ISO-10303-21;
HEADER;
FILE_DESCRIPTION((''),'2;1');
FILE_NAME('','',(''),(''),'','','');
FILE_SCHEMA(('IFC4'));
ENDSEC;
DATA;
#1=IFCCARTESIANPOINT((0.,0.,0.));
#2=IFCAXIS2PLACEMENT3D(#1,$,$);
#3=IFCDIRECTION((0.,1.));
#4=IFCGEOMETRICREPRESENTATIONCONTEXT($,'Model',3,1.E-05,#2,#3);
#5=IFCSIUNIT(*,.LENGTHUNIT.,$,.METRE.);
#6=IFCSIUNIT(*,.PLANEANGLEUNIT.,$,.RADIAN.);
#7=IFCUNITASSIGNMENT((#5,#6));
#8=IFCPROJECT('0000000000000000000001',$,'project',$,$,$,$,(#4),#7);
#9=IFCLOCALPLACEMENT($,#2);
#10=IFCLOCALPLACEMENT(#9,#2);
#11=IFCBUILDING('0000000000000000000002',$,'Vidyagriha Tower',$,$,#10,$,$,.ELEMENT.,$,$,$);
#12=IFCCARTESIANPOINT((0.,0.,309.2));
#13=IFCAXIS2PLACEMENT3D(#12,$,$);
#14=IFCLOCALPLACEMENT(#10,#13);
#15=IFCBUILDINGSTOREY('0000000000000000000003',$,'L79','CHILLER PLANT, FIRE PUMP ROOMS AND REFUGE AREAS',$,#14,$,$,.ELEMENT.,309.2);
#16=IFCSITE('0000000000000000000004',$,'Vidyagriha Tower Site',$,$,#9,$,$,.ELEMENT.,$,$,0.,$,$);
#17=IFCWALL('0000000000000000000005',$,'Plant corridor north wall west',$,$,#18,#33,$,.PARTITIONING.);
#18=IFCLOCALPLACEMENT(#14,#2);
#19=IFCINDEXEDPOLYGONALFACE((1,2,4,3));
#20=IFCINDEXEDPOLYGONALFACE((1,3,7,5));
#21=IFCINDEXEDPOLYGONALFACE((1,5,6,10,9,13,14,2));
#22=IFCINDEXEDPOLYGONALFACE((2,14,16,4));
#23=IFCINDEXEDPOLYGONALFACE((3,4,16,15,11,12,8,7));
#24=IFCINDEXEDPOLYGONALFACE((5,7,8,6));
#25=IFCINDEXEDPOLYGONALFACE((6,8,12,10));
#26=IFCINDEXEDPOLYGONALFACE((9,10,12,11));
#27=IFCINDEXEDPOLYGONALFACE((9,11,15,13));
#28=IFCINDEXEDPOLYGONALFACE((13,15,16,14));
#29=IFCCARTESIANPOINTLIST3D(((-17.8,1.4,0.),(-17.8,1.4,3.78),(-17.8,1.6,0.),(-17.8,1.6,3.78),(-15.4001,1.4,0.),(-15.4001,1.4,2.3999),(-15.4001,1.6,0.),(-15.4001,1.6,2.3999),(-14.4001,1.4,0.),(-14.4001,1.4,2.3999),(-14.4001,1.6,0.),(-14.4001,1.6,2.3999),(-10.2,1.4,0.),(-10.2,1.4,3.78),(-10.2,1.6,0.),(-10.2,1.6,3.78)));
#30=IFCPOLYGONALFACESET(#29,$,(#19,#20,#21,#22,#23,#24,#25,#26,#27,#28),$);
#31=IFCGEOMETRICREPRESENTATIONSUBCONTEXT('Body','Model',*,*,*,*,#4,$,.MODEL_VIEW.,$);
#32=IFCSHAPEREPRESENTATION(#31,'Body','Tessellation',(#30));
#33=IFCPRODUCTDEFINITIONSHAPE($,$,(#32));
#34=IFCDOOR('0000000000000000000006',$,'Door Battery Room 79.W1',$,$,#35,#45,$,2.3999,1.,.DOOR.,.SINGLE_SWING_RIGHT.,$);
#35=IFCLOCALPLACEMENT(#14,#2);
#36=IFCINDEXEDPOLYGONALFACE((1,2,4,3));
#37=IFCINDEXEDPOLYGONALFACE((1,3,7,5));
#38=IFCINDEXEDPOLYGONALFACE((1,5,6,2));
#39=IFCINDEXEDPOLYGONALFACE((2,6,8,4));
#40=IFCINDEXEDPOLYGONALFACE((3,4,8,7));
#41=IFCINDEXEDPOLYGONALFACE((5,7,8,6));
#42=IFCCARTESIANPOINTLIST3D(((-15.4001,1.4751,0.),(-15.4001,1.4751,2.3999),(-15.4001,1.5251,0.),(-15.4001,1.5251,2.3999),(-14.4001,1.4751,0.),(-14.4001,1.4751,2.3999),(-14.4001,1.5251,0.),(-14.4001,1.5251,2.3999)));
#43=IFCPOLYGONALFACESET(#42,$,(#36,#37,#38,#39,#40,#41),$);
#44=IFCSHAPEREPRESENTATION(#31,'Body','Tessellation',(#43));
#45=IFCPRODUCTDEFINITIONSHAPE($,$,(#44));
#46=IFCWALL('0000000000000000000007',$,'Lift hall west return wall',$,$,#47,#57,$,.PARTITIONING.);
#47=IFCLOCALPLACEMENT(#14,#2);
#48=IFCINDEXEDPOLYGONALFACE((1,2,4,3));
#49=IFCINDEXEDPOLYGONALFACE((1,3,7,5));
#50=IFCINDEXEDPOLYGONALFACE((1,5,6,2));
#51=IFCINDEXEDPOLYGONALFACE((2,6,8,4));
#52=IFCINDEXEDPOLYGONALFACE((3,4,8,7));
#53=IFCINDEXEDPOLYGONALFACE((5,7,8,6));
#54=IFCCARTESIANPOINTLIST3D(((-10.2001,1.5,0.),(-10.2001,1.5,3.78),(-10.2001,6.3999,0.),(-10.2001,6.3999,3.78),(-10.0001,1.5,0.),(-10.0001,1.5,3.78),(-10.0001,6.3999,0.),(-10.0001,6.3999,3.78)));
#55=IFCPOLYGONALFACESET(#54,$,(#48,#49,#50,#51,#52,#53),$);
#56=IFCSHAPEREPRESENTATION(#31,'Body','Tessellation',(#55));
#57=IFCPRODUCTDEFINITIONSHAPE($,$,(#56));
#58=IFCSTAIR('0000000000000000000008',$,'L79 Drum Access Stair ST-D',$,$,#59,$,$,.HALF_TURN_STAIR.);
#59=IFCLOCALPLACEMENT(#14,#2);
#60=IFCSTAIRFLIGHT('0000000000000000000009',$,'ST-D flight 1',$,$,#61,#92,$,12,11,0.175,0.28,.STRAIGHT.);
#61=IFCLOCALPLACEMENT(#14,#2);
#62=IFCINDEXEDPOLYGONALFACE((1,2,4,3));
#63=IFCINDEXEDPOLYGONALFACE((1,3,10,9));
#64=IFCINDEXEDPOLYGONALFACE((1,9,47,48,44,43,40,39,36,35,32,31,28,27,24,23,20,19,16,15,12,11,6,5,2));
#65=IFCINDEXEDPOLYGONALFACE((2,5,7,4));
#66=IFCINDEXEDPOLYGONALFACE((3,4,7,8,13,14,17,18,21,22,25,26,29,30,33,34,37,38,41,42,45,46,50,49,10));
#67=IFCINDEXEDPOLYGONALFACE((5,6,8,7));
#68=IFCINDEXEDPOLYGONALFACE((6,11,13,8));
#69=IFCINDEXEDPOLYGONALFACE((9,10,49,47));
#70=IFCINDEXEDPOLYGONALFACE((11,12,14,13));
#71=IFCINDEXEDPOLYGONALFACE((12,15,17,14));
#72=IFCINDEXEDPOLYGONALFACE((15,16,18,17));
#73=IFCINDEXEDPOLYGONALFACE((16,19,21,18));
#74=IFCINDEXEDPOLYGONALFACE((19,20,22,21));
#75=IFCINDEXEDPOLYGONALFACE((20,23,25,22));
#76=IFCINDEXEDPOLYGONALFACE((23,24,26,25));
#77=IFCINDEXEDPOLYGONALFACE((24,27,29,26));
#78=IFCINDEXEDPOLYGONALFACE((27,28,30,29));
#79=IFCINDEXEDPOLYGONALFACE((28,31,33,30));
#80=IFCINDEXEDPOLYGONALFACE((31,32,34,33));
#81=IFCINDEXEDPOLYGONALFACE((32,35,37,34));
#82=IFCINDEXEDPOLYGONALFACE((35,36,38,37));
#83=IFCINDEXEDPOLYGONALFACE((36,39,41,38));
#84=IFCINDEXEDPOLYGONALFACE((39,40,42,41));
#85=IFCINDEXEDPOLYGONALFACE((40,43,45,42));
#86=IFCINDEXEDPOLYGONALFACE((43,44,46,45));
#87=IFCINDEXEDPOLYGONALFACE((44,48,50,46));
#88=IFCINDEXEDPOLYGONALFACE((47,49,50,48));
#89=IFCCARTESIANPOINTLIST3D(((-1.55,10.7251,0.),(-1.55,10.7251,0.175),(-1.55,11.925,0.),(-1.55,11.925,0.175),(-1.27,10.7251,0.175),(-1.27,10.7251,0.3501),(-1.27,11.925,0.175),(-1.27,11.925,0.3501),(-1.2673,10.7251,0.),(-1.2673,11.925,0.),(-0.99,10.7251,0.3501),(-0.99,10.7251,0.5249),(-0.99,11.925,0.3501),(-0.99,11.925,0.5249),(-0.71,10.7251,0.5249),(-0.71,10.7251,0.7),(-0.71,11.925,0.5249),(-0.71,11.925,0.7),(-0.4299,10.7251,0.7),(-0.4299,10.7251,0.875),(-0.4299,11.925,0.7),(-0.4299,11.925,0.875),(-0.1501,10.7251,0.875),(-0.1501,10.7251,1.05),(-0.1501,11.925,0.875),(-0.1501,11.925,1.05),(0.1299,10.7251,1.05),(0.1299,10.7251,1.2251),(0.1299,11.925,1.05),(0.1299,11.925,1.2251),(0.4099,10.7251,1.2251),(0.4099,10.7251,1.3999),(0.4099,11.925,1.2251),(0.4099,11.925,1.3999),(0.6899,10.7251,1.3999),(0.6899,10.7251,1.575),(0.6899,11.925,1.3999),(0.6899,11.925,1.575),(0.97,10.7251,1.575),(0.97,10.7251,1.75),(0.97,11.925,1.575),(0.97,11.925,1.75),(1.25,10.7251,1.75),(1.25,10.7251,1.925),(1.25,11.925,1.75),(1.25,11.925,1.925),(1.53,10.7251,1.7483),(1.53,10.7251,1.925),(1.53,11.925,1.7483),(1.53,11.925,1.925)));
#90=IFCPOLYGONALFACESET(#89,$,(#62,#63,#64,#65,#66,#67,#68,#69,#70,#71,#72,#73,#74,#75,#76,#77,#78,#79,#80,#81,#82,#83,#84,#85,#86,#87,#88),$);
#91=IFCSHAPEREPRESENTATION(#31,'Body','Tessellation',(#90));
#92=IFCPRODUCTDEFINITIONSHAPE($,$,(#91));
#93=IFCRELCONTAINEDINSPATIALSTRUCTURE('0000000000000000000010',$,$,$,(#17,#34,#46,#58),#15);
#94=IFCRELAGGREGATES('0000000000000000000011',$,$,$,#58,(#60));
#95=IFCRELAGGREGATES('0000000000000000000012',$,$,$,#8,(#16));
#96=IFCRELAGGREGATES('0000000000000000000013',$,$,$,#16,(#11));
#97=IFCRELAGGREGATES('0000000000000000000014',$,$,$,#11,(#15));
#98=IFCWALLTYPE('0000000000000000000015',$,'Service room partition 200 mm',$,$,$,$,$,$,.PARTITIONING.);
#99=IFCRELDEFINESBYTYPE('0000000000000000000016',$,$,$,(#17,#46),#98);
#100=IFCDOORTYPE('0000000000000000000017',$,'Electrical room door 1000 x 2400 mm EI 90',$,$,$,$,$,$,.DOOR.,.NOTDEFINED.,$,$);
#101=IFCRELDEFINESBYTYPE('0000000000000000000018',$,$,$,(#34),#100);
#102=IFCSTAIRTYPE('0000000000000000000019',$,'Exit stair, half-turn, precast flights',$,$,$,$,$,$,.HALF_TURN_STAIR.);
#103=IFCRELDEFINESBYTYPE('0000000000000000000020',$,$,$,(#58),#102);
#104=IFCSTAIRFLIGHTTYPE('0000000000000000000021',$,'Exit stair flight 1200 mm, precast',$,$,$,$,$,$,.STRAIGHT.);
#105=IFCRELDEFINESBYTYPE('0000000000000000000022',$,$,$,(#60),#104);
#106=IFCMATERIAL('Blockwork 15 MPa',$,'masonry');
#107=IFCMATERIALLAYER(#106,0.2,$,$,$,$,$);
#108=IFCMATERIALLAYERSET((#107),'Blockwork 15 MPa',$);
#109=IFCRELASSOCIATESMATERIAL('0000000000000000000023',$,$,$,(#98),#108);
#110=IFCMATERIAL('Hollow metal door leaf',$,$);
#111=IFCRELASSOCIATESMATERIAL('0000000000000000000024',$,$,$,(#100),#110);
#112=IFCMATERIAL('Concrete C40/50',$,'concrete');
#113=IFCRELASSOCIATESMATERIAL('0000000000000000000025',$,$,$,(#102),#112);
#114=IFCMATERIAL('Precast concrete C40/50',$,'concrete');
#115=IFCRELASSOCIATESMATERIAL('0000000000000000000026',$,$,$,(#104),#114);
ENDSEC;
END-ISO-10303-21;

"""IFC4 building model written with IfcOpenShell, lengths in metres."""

from ifc_helpers import new_model, si_unit, direction, frame, frame_2d, origin, place, context, subcontext, project, spatial, polyline, rectangle, outline, extrude, material, layer, layer_set, type_object, element, fill, aggregate, save


model = new_model("IFC4")

# Units and contexts
model_context = context("Model", 3, precision=1e-05, world=origin(), true_north=direction((0.0, 1.0)))
body_context = subcontext(model_context, "Body", "Model", "MODEL_VIEW")
ifc_project = project(units=[si_unit("LENGTHUNIT", "METRE"), si_unit("PLANEANGLEUNIT", "RADIAN")], contexts=[model_context])

# Site, building, storey
site_placement = place(None, origin())
site = spatial("IfcSite", under=ifc_project, at=site_placement, Name="Vidyagriha Tower Site", CompositionType="ELEMENT", RefElevation=0.0)
building_placement = place(site_placement, origin())
building = spatial("IfcBuilding", under=site, at=building_placement, Name="Vidyagriha Tower", CompositionType="ELEMENT")
storey_placement = place(building_placement, frame((0.0, 0.0, 309.2)))
storey = spatial("IfcBuildingStorey", under=building, at=storey_placement, Name="L79", Description="CHILLER PLANT, FIRE PUMP ROOMS AND REFUGE AREAS", CompositionType="ELEMENT", Elevation=309.2)

# Wall, opening, door
ifc_material_1 = material(Name="Blockwork 15 MPa", Category="masonry")
ifc_layer_1 = layer(ifc_material_1, 0.2)
ifc_layer_set_1 = layer_set([ifc_layer_1], Name="Blockwork 15 MPa")
wall_type_1 = type_object("IfcWallType", Name="Service room partition 200 mm", PredefinedType="PARTITIONING", material=ifc_layer_set_1)
wall_1_placement = place(storey_placement, frame((-17.8, 1.5, 0.0)))
wall_1 = element("IfcWall", 1, at=wall_1_placement, inside=storey, type_object=wall_type_1, Name="Plant corridor north wall west", PredefinedType="PARTITIONING", context=body_context, shape_type="SweptSolid", body=[
    extrude(rectangle(XDim=7.6001, YDim=0.2, at=frame_2d((3.8, 0.0))), origin(), (0.0, 0.0, 1.0), 3.78),
])
opening_1_placement = place(wall_1_placement, frame((2.3999, 0.0, 0.0)))
opening_1 = element("IfcOpeningElement", 2, at=opening_1_placement, cuts=wall_1, PredefinedType="OPENING", context=body_context, shape_type="SweptSolid", body=[
    extrude(rectangle(XDim=1.0, YDim=2.3999, at=frame_2d((0.5, 1.2))), frame((0.0, 0.1099, 0.0), z_axis=(0.0, -1.0, 0.0), x_axis=(1.0, 0.0, 0.0)), (0.0, 0.0, 1.0), 0.22),
])
ifc_material_2 = material(Name="Hollow metal door leaf")
door_type_1 = type_object("IfcDoorType", Name="Electrical room door 1000 x 2400 mm EI 90", OperationType="NOTDEFINED", PredefinedType="DOOR", material=ifc_material_2)
door_1_placement = place(opening_1_placement, frame((1.0, 0.0, 0.0), z_axis=(0.0, 0.0, 1.0), x_axis=(-1.0, 0.0, 0.0)))
door_1 = element("IfcDoor", 3, at=door_1_placement, inside=storey, type_object=door_type_1, Name="Door Battery Room 79.W1", OperationType="SINGLE_SWING_RIGHT", OverallHeight=2.3999, OverallWidth=1.0, PredefinedType="DOOR", context=body_context, shape_type="SweptSolid", body=[
    extrude(rectangle(XDim=1.0, YDim=2.3999, at=frame_2d((0.5, 1.2))), frame((0.0, 0.0249, 0.0), z_axis=(0.0, -1.0, 0.0), x_axis=(1.0, 0.0, 0.0)), (0.0, 0.0, 1.0), 0.05),
])
fill(opening_1, door_1)

# Wall
wall_2_placement = place(storey_placement, frame((-10.1001, 1.5, 0.0), z_axis=(0.0, 0.0, 1.0), x_axis=(0.0, 1.0, 0.0)))
element("IfcWall", 4, at=wall_2_placement, inside=storey, type_object=wall_type_1, Name="Lift hall west return wall", PredefinedType="PARTITIONING", context=body_context, shape_type="SweptSolid", body=[
    extrude(rectangle(XDim=4.8999, YDim=0.2, at=frame_2d((2.45, 0.0))), origin(), (0.0, 0.0, 1.0), 3.78),
])

# Stair, stair flight
ifc_material_3 = material(Name="Concrete C40/50", Category="concrete")
stair_type = type_object("IfcStairType", Name="Exit stair, half-turn, precast flights", PredefinedType="HALF_TURN_STAIR", material=ifc_material_3)
stair_placement = place(storey_placement, origin())
stair = element("IfcStair", 5, at=stair_placement, inside=storey, type_object=stair_type, Name="L79 Drum Access Stair ST-D", PredefinedType="HALF_TURN_STAIR")
ifc_material_4 = material(Name="Precast concrete C40/50", Category="concrete")
stair_flight_type = type_object("IfcStairFlightType", Name="Exit stair flight 1200 mm, precast", PredefinedType="STRAIGHT", material=ifc_material_4)
stair_flight_placement = place(storey_placement, frame((-1.55, 11.325, 0.0)))
stair_flight = element("IfcStairFlight", 6, at=stair_flight_placement, type_object=stair_flight_type, Name="ST-D flight 1", NumberOfRisers=12, NumberOfTreads=11, PredefinedType="STRAIGHT", RiserHeight=0.175, TreadLength=0.28, context=body_context, shape_type="SweptSolid", body=[
    extrude(outline(polyline([(0.0, 0.0), (0.0, 0.175), (0.28, 0.175), (0.28, 0.3501), (0.5601, 0.3501), (0.5601, 0.5249), (0.8401, 0.5249), (0.8401, 0.7), (1.1201, 0.7), (1.1201, 0.875), (1.3999, 0.875), (1.3999, 1.05), (1.6799, 1.05), (1.6799, 1.2251), (1.96, 1.2251), (1.96, 1.3999), (2.24, 1.3999), (2.24, 1.575), (2.52, 1.575), (2.52, 1.75), (2.8, 1.75), (2.8, 1.925), (3.0801, 1.925), (3.0801, 2.1001), (3.0801, 1.7483), (0.2827, 0.0), (0.0, 0.0)])), frame((0.0, 0.6001, 0.0), z_axis=(0.0, -1.0, 0.0), x_axis=(1.0, 0.0, 0.0)), (0.0, 0.0, 1.0), 1.2),
])
aggregate(stair, [stair_flight])

save(model, "model.ifc")
